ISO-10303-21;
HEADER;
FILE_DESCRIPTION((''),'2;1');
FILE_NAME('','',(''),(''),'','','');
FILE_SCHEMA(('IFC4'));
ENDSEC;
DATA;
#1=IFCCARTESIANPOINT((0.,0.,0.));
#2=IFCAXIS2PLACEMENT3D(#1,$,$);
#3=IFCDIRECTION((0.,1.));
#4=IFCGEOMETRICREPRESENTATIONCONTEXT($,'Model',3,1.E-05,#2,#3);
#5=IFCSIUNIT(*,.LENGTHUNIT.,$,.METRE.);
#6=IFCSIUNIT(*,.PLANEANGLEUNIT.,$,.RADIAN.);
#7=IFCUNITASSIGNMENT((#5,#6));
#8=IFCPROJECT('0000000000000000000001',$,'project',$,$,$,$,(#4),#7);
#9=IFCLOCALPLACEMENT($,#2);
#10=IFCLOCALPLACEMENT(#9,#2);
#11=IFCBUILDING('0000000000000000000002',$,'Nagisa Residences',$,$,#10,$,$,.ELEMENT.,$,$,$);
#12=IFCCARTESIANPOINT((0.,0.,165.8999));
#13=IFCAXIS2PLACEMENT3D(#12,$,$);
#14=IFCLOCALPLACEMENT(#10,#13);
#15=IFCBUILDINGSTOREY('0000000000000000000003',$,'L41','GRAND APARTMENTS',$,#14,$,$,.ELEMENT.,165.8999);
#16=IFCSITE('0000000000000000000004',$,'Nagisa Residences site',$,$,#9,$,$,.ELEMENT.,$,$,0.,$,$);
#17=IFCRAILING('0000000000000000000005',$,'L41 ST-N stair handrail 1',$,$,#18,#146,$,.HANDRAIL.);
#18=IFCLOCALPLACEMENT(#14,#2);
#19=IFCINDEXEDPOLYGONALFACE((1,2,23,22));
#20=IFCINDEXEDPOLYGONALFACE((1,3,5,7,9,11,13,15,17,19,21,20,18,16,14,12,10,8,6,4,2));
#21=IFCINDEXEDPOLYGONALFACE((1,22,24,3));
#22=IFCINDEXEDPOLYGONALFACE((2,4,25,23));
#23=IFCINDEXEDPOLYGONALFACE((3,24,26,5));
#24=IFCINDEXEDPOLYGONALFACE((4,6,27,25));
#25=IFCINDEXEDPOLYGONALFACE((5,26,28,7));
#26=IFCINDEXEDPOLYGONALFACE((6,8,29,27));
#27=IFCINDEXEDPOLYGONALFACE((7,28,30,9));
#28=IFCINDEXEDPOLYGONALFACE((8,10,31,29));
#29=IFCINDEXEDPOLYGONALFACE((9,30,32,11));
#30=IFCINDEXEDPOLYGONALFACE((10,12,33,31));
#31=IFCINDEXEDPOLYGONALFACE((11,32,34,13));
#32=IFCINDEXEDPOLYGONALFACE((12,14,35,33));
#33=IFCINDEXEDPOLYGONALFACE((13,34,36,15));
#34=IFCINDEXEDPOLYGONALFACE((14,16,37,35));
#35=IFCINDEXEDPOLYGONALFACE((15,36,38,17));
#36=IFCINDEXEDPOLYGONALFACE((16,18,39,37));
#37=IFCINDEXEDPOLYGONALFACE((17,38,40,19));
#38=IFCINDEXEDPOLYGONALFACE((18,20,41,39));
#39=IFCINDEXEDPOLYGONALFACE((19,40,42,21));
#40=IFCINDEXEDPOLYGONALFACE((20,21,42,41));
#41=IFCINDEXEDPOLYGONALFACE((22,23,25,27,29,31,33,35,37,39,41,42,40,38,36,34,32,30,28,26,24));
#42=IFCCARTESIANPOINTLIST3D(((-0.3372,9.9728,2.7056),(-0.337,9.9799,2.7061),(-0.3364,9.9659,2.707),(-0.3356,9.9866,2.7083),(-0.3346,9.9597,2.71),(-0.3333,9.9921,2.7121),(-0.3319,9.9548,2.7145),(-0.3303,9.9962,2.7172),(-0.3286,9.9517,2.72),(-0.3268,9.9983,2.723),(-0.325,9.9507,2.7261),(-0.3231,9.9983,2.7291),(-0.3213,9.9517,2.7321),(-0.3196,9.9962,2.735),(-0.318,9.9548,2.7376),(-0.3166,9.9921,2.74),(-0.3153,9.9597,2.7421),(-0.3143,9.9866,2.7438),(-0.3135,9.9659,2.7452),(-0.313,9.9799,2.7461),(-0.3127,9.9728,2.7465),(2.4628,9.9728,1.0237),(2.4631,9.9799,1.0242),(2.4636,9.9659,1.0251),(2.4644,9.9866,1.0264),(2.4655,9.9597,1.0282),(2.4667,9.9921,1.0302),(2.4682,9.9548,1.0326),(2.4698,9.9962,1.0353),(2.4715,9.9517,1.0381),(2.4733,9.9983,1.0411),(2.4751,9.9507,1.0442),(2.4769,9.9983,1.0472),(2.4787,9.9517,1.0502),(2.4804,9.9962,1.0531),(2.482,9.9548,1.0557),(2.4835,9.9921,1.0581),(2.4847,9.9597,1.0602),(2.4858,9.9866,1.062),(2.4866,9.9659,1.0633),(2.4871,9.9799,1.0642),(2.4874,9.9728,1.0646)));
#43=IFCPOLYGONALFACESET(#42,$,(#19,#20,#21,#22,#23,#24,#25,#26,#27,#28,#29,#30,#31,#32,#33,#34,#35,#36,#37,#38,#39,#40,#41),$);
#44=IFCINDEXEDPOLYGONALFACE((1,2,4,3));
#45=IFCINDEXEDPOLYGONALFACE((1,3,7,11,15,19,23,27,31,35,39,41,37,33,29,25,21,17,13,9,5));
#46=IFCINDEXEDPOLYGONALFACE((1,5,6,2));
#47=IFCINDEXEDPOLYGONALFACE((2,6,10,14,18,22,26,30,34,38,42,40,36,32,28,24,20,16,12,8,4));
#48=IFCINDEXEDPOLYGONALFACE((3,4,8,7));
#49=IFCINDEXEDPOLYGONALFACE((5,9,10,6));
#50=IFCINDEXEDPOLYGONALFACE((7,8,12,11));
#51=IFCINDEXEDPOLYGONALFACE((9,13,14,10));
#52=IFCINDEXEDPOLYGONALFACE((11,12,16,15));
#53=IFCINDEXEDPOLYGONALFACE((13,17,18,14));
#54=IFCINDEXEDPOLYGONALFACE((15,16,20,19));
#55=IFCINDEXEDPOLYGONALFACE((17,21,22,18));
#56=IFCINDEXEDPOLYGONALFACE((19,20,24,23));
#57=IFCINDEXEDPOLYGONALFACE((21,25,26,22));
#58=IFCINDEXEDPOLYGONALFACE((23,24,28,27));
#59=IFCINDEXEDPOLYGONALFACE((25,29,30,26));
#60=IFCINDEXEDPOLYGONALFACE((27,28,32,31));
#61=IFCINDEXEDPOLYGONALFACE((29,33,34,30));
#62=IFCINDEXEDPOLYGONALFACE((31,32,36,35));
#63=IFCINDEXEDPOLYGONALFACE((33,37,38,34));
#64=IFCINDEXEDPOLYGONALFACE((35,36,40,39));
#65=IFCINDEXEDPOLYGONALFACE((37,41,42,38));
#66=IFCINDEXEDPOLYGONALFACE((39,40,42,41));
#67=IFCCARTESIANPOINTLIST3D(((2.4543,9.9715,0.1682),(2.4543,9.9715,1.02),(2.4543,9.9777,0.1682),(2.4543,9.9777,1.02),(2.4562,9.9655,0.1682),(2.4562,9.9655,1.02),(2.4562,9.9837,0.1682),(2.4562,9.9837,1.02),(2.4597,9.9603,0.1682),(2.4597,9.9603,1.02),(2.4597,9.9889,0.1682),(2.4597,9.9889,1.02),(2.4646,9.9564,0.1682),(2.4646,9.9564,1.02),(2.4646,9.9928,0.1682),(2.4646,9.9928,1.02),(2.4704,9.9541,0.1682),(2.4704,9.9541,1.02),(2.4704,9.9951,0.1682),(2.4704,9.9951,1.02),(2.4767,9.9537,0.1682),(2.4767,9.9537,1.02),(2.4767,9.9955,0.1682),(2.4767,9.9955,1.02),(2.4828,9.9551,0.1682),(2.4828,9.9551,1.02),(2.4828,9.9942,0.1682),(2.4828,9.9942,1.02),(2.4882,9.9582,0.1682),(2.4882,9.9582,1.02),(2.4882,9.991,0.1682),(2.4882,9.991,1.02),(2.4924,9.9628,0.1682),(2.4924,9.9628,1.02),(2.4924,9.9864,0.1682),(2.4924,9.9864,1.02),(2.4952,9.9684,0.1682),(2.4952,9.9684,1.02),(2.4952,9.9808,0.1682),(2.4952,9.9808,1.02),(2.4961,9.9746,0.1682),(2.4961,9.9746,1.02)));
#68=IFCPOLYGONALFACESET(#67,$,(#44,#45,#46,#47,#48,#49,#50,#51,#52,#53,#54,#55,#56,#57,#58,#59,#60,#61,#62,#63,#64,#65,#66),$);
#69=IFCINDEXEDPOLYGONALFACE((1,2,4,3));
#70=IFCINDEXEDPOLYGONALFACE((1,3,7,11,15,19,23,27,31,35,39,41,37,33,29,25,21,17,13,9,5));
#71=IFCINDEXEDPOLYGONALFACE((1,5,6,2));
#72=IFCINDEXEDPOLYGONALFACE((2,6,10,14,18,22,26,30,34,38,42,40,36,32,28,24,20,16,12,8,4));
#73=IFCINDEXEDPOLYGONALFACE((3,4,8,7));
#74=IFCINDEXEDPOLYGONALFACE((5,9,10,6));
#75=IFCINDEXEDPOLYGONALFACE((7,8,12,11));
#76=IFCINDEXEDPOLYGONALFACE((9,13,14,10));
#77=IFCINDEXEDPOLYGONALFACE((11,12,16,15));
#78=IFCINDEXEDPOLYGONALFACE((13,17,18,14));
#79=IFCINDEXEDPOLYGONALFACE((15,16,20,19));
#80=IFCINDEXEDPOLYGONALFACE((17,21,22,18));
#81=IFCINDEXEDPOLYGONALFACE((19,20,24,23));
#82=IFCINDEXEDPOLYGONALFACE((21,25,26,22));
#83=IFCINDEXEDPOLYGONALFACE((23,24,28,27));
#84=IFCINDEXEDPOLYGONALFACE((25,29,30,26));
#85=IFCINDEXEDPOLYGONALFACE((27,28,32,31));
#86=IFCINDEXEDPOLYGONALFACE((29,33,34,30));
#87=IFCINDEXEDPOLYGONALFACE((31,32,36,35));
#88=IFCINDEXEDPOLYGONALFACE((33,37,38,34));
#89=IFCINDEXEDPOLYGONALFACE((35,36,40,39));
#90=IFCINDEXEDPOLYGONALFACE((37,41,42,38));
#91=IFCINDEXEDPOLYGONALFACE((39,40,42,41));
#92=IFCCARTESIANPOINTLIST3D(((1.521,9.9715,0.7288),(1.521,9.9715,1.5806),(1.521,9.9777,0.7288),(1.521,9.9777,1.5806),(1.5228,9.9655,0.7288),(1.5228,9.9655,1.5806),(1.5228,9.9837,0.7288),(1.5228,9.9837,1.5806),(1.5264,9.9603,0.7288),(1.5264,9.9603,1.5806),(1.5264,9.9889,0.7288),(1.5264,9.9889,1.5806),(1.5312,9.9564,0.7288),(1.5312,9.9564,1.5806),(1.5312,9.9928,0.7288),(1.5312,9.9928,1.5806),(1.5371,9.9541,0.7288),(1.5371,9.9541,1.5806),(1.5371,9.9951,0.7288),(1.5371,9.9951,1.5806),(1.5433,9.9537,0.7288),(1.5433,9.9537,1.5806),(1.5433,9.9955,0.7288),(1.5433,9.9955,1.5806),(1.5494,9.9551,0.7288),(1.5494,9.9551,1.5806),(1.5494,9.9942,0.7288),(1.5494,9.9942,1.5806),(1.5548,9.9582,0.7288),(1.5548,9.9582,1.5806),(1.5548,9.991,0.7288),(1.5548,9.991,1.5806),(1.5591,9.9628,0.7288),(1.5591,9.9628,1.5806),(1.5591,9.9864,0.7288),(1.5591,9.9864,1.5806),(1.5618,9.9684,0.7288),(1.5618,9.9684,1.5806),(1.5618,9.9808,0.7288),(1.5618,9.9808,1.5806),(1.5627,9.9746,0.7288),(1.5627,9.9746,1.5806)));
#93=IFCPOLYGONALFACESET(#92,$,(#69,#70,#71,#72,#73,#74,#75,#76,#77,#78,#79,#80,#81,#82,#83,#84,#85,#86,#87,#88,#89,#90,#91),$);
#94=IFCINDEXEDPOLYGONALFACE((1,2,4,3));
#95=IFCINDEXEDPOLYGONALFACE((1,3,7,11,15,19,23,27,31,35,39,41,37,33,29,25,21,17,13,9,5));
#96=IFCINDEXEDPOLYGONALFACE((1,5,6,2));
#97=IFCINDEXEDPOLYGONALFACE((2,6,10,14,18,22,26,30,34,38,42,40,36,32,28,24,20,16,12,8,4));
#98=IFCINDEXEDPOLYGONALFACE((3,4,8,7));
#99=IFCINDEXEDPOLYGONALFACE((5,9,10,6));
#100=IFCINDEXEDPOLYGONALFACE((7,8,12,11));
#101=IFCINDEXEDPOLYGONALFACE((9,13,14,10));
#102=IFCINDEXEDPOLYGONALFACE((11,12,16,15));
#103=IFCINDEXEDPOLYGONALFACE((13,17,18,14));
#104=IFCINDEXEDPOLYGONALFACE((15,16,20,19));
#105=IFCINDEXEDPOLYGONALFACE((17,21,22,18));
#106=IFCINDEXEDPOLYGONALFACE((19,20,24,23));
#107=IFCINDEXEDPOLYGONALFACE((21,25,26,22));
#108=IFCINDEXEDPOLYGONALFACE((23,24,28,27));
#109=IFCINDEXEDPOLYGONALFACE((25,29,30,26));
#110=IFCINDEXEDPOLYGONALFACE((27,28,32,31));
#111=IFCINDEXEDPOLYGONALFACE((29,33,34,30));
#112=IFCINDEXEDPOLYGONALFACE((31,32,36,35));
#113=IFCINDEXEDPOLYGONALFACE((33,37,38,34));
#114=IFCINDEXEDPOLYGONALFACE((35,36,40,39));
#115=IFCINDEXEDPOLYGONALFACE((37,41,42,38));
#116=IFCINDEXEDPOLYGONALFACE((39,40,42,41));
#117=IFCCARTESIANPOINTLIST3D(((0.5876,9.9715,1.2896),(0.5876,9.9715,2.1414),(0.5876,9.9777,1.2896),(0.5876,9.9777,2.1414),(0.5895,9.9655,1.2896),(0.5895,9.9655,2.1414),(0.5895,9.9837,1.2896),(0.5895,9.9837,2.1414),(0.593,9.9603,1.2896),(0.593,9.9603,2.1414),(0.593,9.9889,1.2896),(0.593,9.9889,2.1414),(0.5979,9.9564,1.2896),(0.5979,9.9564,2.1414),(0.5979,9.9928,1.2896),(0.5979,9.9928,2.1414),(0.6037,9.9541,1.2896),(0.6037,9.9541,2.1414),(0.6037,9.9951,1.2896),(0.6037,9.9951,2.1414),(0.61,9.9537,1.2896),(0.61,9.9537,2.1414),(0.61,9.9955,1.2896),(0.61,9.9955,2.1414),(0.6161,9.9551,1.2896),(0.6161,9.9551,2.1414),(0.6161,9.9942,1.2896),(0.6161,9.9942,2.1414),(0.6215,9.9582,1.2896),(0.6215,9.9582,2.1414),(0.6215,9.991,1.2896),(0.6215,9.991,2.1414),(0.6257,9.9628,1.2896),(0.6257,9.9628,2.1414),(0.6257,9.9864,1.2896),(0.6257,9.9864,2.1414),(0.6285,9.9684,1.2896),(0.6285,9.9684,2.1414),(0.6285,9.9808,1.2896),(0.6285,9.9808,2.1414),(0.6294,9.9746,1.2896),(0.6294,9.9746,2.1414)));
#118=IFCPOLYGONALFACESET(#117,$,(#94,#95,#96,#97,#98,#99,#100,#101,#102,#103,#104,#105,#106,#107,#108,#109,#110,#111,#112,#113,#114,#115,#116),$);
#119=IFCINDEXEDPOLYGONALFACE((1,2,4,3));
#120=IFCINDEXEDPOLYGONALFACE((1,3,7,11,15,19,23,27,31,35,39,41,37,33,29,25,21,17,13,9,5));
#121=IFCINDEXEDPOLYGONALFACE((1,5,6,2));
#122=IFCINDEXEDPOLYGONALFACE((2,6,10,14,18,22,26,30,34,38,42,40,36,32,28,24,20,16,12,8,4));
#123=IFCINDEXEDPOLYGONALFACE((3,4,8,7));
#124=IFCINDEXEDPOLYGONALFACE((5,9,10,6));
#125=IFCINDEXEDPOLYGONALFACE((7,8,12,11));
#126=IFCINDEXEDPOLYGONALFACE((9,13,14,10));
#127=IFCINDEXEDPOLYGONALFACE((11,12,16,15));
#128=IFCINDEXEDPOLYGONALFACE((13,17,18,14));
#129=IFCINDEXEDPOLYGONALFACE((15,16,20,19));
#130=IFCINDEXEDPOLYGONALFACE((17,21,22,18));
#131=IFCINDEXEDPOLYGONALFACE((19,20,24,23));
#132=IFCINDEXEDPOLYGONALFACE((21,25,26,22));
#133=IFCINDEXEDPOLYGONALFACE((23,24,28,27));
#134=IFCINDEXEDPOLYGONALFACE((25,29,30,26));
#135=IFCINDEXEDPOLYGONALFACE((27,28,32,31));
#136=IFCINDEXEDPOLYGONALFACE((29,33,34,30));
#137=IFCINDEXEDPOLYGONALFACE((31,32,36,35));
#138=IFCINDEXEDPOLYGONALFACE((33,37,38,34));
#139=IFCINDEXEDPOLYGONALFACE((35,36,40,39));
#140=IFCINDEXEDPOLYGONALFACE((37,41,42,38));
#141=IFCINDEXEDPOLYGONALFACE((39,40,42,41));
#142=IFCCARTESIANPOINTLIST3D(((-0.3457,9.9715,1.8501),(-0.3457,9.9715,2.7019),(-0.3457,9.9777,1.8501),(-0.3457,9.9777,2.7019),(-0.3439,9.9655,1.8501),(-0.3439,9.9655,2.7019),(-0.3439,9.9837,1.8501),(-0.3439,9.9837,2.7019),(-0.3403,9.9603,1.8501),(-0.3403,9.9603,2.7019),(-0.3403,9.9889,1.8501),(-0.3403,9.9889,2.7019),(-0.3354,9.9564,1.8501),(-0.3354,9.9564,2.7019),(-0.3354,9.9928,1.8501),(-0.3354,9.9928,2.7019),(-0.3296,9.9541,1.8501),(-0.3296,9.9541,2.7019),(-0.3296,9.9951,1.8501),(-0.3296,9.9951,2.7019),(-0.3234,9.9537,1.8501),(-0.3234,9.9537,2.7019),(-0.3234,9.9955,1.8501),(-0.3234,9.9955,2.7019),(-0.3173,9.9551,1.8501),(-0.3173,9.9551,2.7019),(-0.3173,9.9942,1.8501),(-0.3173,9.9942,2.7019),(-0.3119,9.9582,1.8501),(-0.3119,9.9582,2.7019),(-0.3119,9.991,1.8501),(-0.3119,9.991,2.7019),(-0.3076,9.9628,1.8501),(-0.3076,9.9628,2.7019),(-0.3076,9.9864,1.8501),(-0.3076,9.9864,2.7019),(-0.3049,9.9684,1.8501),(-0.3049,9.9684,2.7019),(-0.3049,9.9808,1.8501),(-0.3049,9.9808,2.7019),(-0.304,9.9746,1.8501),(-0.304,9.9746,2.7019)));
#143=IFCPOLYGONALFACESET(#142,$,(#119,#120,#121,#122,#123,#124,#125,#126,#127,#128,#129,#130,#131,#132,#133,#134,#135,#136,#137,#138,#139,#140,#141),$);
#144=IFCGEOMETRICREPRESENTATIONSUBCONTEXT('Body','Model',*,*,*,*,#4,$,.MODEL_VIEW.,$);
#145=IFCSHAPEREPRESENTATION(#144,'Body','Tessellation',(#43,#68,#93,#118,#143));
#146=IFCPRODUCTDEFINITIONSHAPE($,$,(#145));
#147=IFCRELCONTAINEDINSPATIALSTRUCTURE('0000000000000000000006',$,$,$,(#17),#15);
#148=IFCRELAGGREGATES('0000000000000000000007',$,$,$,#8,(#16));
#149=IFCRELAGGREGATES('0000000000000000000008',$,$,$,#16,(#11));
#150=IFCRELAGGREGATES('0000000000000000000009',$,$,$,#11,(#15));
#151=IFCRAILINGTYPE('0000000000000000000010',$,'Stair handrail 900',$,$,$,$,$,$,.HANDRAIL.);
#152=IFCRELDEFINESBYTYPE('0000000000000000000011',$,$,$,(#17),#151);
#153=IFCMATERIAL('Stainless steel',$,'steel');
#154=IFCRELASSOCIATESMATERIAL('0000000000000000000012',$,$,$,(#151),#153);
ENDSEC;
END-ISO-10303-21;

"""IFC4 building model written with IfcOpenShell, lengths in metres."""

from ifc_helpers import new_model, si_unit, direction, frame, origin, origin_2d, place, context, subcontext, project, spatial, circle, extrude, material, type_object, element, save


model = new_model("IFC4")

# Units and contexts
model_context = context("Model", 3, precision=1e-05, world=origin(), true_north=direction((0.0, 1.0)))
body_context = subcontext(model_context, "Body", "Model", "MODEL_VIEW")
ifc_project = project(units=[si_unit("LENGTHUNIT", "METRE"), si_unit("PLANEANGLEUNIT", "RADIAN")], contexts=[model_context])

# Site, building, storey
site_placement = place(None, origin())
site = spatial("IfcSite", under=ifc_project, at=site_placement, Name="Nagisa Residences site", CompositionType="ELEMENT", RefElevation=0.0)
building_placement = place(site_placement, origin())
building = spatial("IfcBuilding", under=site, at=building_placement, Name="Nagisa Residences", CompositionType="ELEMENT")
storey_placement = place(building_placement, frame((0.0, 0.0, 165.8999)))
storey = spatial("IfcBuildingStorey", under=building, at=storey_placement, Name="L41", Description="GRAND APARTMENTS", CompositionType="ELEMENT", Elevation=165.8999)

# Railing
ifc_material_1 = material(Name="Stainless steel", Category="steel")
railing_type_1 = type_object("IfcRailingType", Name="Stair handrail 900", PredefinedType="HANDRAIL", material=ifc_material_1)
railing_1_placement = place(storey_placement, frame((2.4751, 9.9746, 0.1682)))
element("IfcRailing", 1, at=railing_1_placement, inside=storey, type_object=railing_type_1, Name="L41 ST-N stair handrail 1", PredefinedType="HANDRAIL", context=body_context, shape_type="SweptSolid", body=[
    extrude(circle(Radius=0.0239, at=origin_2d()), frame((0.0, 0.0, 0.876), z_axis=(-0.857242, 0.0, 0.514913), x_axis=(0.0, -1.0, 0.0)), (0.0, 0.0, 1.0), 3.2664),
    extrude(circle(Radius=0.021, at=origin_2d()), origin(), (0.0, 0.0, 1.0), 0.8518),
    extrude(circle(Radius=0.021, at=origin_2d()), frame((-0.9333, 0.0, 0.5605)), (0.0, 0.0, 1.0), 0.8518),
    extrude(circle(Radius=0.021, at=origin_2d()), frame((-1.8667, 0.0, 1.1213)), (0.0, 0.0, 1.0), 0.8518),
    extrude(circle(Radius=0.021, at=origin_2d()), frame((-2.8, 0.0, 1.6819)), (0.0, 0.0, 1.0), 0.8518),
])

save(model, "model.ifc")
